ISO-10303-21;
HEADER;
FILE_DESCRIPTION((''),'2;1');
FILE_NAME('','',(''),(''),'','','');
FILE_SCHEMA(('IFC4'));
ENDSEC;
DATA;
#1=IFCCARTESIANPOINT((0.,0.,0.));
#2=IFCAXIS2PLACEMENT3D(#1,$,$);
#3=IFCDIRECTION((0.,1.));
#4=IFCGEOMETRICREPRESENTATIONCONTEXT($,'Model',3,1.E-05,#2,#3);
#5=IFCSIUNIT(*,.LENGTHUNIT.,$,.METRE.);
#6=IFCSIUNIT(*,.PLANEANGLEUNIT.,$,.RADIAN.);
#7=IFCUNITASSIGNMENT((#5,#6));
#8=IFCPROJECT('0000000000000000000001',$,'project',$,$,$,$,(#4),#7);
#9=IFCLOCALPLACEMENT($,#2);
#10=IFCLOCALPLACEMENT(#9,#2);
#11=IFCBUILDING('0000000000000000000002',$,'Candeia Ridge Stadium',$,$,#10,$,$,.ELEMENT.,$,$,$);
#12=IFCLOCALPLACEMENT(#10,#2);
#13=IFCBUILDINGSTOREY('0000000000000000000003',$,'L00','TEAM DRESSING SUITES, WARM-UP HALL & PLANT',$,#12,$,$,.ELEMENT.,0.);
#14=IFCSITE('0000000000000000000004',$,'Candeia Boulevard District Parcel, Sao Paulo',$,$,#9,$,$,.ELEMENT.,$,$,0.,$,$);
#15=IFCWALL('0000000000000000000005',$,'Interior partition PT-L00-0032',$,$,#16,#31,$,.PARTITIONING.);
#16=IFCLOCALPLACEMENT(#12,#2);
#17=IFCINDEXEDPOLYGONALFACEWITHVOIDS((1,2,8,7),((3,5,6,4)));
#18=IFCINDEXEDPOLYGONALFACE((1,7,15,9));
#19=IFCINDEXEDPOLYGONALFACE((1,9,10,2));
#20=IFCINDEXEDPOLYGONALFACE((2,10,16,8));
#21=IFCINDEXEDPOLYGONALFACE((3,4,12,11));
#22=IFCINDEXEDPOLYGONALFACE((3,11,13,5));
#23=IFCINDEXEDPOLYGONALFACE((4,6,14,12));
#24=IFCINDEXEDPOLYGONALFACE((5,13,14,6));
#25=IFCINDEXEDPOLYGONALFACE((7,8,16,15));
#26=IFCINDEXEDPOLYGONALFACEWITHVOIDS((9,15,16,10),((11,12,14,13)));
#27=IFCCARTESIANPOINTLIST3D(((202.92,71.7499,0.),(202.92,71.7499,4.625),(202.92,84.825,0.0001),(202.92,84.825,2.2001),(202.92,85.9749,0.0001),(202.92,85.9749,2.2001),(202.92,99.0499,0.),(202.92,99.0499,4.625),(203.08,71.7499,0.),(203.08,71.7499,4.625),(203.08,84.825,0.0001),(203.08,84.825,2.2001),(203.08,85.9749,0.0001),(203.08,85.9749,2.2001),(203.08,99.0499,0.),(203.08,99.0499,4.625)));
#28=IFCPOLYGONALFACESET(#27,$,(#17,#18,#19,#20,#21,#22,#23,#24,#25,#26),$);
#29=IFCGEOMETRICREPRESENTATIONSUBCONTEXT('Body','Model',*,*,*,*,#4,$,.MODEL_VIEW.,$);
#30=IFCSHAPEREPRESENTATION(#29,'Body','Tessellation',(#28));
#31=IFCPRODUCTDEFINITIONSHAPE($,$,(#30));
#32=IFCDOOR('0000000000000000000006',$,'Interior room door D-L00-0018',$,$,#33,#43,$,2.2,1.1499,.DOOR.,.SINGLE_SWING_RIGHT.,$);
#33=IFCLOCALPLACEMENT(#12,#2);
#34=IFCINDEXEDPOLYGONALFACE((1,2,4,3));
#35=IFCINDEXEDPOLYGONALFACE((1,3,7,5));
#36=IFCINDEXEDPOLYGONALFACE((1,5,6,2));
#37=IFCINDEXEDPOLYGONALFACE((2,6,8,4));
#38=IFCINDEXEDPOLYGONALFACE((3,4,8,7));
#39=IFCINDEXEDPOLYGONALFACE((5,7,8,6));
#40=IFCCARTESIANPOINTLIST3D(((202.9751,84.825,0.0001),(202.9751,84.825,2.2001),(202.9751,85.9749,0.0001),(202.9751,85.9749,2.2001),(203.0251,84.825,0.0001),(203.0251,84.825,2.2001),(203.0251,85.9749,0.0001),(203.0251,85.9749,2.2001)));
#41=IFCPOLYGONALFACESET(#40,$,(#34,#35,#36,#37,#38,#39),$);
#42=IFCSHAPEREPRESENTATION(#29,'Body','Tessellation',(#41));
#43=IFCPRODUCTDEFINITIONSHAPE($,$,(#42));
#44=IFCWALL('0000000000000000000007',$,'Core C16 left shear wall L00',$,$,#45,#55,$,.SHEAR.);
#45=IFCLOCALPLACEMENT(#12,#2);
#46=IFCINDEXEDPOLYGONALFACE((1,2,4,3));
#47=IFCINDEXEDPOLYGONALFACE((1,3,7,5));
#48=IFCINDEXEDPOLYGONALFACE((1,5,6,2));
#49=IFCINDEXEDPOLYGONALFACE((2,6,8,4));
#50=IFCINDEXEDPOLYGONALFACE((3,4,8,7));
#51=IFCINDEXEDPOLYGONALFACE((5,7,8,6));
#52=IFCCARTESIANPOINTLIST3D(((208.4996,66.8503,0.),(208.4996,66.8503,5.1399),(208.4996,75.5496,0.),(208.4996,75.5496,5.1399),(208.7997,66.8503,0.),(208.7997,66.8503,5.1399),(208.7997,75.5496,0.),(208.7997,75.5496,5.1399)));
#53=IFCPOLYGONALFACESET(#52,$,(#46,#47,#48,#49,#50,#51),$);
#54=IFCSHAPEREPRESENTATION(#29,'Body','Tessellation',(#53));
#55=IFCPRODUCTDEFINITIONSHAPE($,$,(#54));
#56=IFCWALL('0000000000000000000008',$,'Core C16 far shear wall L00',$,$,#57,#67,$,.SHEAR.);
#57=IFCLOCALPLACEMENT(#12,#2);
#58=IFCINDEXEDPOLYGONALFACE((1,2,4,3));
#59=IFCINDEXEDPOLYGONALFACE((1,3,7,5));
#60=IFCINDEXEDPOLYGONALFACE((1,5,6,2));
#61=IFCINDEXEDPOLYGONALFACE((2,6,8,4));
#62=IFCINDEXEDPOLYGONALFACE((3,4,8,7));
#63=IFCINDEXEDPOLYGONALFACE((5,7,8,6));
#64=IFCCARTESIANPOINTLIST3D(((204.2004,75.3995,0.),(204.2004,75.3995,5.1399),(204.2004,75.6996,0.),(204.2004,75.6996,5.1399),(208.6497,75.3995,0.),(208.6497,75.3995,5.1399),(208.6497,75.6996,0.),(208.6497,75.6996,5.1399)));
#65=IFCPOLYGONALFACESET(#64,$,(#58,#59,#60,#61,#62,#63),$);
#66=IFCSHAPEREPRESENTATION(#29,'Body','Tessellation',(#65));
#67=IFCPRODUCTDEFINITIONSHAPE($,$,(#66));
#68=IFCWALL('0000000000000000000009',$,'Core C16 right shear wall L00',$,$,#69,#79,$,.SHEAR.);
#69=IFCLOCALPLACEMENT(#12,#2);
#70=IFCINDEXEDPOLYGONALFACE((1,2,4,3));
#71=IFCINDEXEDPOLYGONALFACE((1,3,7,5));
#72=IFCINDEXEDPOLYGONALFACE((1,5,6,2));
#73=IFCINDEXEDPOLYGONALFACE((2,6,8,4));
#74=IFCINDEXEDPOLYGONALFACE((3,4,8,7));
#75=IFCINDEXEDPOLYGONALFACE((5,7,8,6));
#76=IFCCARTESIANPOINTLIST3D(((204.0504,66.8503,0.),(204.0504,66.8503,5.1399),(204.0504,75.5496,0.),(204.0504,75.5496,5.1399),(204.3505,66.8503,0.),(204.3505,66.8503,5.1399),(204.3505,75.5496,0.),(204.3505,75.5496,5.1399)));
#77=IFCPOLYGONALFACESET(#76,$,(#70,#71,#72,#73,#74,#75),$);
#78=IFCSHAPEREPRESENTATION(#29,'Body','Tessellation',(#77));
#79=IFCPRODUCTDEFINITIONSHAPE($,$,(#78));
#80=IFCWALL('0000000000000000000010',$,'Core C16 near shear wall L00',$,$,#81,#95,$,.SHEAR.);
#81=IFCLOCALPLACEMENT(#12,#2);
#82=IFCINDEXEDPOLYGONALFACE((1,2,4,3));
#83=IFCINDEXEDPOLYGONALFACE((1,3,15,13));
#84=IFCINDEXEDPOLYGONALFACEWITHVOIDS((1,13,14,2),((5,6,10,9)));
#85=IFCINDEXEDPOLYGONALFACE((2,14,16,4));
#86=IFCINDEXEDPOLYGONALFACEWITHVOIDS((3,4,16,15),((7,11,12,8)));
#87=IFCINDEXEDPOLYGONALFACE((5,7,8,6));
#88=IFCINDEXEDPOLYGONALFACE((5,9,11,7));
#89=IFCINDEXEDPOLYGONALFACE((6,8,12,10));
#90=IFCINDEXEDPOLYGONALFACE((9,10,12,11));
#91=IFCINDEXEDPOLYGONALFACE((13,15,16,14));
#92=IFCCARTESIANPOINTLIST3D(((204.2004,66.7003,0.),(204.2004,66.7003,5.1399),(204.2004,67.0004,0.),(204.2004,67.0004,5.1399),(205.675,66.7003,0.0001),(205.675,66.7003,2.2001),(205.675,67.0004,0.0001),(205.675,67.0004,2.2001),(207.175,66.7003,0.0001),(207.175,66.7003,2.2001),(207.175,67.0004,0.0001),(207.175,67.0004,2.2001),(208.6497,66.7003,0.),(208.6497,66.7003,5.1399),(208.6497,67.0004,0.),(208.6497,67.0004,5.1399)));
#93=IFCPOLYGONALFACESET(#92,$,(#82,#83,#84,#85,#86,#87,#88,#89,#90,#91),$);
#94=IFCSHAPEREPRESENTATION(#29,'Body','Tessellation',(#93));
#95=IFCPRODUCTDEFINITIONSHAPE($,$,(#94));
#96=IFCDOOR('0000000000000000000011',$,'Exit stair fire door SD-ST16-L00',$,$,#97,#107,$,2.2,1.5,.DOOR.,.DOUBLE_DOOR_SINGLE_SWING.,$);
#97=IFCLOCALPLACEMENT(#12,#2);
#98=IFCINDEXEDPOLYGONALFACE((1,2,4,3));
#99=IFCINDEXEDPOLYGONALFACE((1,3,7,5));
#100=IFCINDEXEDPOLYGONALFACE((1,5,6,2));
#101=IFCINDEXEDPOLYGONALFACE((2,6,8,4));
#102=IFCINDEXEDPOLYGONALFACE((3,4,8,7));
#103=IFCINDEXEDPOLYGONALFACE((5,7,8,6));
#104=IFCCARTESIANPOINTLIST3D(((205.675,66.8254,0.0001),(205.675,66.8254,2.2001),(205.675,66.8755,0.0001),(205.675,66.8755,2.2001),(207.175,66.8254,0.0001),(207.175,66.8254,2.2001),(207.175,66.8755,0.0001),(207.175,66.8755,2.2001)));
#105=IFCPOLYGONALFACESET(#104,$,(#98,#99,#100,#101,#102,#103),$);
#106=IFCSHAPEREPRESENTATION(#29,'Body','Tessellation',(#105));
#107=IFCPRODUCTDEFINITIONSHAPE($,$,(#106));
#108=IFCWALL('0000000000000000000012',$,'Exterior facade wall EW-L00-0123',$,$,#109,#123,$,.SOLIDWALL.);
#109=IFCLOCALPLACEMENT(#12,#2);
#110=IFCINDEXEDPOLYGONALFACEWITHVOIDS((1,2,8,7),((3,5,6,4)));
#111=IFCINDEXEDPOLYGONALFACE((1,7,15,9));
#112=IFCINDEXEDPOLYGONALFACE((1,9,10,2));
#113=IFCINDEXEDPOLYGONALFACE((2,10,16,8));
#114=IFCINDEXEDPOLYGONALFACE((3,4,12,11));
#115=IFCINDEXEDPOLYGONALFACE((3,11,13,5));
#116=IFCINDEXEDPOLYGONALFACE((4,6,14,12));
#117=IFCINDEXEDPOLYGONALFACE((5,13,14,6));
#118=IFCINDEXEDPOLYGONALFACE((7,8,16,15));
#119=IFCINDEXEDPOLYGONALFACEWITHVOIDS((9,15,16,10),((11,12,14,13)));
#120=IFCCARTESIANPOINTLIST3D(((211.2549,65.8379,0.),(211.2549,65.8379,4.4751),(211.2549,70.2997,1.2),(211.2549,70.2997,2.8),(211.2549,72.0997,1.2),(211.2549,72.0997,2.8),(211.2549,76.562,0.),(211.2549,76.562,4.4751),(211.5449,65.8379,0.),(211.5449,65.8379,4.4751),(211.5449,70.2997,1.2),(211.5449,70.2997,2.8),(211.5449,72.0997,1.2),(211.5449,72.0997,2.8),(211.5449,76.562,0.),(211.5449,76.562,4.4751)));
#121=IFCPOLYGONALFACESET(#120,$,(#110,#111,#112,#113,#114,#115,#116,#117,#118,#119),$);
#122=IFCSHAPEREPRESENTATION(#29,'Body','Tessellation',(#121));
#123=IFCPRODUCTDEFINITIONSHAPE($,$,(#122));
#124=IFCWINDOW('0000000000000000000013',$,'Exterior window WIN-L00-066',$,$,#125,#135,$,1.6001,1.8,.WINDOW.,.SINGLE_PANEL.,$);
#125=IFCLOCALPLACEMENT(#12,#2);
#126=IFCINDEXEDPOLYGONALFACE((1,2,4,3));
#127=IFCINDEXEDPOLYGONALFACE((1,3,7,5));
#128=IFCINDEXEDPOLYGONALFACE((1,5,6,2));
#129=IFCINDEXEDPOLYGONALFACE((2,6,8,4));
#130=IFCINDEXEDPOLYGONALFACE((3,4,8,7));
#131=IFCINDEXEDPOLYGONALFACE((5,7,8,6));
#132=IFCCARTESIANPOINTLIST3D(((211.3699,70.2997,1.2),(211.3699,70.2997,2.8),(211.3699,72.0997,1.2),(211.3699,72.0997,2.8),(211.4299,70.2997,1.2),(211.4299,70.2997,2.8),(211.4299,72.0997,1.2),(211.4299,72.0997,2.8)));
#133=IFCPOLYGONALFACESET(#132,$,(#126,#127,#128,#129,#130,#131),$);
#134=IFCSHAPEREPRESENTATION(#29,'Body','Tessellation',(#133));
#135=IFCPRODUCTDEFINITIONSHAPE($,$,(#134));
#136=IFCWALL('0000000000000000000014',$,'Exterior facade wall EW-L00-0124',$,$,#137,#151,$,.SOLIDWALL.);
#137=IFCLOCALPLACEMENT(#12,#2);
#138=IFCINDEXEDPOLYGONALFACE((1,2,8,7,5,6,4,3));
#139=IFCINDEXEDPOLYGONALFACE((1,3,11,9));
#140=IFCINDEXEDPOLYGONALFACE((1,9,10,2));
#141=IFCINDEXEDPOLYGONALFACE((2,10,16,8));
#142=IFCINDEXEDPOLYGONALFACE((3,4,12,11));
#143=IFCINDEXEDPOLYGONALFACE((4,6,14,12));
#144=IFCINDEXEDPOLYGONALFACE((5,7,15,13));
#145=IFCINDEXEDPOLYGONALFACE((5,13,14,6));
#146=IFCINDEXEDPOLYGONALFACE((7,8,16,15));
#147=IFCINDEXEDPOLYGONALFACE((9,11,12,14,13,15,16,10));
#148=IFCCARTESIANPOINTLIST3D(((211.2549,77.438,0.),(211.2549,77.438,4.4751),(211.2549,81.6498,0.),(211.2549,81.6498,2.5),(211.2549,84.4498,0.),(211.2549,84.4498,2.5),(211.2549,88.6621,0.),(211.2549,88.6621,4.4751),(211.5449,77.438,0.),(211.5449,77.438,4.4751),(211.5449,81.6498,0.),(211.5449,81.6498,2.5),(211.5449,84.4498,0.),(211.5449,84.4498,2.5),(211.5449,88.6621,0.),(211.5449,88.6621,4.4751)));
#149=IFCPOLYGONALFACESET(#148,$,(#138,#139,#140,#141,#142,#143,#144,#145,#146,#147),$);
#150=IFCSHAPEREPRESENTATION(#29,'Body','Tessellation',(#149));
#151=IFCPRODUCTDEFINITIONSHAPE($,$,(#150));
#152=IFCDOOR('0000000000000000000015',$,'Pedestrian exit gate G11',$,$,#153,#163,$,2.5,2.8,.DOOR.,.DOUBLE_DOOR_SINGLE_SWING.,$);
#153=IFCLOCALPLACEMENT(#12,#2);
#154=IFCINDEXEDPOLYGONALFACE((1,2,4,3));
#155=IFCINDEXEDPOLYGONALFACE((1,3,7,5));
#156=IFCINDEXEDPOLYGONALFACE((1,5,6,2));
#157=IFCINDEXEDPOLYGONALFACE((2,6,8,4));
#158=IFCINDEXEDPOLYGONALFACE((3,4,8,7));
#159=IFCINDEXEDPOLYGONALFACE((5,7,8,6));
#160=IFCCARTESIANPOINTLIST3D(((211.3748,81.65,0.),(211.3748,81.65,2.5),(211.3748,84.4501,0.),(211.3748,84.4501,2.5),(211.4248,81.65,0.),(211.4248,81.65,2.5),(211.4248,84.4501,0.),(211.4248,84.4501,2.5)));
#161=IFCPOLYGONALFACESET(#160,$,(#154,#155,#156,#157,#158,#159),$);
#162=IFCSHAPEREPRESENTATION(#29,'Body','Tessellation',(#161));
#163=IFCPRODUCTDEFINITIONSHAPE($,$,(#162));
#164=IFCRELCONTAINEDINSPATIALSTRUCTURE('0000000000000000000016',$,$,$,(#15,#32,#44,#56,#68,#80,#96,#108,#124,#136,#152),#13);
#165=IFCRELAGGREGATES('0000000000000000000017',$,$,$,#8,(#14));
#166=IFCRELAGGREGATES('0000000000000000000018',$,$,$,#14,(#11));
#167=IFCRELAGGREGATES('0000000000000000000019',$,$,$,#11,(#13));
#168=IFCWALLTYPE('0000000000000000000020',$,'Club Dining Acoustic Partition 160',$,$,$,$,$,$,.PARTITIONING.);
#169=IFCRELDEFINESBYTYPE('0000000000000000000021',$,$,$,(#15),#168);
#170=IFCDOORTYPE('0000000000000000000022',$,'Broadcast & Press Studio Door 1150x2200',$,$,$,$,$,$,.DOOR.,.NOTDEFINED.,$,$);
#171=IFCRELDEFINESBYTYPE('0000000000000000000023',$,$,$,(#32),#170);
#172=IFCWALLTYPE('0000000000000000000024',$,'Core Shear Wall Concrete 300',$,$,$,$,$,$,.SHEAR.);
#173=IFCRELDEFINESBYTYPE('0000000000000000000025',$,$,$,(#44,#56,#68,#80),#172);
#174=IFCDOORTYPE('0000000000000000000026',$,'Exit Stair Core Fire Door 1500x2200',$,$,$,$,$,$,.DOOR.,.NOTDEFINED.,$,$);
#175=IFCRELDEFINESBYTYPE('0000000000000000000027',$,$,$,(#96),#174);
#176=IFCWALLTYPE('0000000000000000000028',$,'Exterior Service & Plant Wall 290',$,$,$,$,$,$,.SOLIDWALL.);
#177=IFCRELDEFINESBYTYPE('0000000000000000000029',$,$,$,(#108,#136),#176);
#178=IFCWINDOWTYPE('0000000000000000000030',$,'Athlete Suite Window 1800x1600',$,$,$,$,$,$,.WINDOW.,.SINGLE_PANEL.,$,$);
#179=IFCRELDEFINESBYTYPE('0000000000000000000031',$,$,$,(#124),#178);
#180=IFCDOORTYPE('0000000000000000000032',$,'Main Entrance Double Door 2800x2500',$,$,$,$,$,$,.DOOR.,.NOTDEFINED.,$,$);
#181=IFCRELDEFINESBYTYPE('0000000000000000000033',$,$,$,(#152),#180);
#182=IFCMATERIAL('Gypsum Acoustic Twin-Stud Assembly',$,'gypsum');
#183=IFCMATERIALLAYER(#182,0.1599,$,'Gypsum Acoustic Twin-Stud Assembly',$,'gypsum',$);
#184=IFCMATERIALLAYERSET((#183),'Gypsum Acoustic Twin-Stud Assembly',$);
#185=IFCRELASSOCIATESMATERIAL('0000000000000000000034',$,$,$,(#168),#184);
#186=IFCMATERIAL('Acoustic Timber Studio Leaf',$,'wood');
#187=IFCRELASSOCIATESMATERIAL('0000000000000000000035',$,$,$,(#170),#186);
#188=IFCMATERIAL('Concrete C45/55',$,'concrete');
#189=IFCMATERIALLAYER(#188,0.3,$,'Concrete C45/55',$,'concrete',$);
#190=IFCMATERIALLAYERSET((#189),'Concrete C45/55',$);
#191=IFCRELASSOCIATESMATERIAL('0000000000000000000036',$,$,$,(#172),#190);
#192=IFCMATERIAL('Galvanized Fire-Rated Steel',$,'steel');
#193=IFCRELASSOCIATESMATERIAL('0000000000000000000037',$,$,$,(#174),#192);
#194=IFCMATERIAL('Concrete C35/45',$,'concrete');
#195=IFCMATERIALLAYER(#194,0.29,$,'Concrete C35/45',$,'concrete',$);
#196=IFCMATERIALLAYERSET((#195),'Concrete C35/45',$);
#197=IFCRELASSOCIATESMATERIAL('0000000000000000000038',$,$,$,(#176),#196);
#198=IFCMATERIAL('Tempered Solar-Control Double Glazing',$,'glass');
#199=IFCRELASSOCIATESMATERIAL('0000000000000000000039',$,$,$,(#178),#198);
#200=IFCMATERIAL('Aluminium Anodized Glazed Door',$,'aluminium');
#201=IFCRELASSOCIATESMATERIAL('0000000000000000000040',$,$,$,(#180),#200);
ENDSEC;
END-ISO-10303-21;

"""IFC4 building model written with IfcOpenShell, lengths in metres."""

from ifc_helpers import new_model, si_unit, direction, frame, frame_2d, origin, place, context, subcontext, project, spatial, rectangle, extrude, material, layer, layer_set, type_object, element, fill, save


model = new_model("IFC4")

# Units and contexts
model_context = context("Model", 3, precision=1e-05, world=origin(), true_north=direction((0.0, 1.0)))
body_context = subcontext(model_context, "Body", "Model", "MODEL_VIEW")
ifc_project = project(units=[si_unit("LENGTHUNIT", "METRE"), si_unit("PLANEANGLEUNIT", "RADIAN")], contexts=[model_context])

# Site, building, storey
site_placement = place(None, origin())
site = spatial("IfcSite", under=ifc_project, at=site_placement, Name="Candeia Boulevard District Parcel, Sao Paulo", CompositionType="ELEMENT", RefElevation=0.0)
building_placement = place(site_placement, origin())
building = spatial("IfcBuilding", under=site, at=building_placement, Name="Candeia Ridge Stadium", CompositionType="ELEMENT")
storey_placement = place(building_placement, origin())
storey = spatial("IfcBuildingStorey", under=building, at=storey_placement, Name="L00", Description="TEAM DRESSING SUITES, WARM-UP HALL & PLANT", CompositionType="ELEMENT", Elevation=0.0)

# Shared definitions
ifc_material_1 = material(Name="Concrete C45/55", Category="concrete")

# Wall, opening, door
ifc_material_2 = material(Name="Gypsum Acoustic Twin-Stud Assembly", Category="gypsum")
ifc_layer_1 = layer(ifc_material_2, 0.1599, Name="Gypsum Acoustic Twin-Stud Assembly", Category="gypsum")
ifc_layer_set_1 = layer_set([ifc_layer_1], Name="Gypsum Acoustic Twin-Stud Assembly")
wall_type_1 = type_object("IfcWallType", Name="Club Dining Acoustic Partition 160", PredefinedType="PARTITIONING", material=ifc_layer_set_1)
wall_1_placement = place(storey_placement, frame((203.0, 71.75, 0.0), z_axis=(0.0, 0.0, 1.0), x_axis=(0.0, 1.0, 0.0)))
wall_1 = element("IfcWall", 1, at=wall_1_placement, inside=storey, type_object=wall_type_1, Name="Interior partition PT-L00-0032", PredefinedType="PARTITIONING", context=body_context, shape_type="SweptSolid", body=[
    extrude(rectangle(XDim=27.3, YDim=0.1599, at=frame_2d((13.6499, 0.0))), origin(), (0.0, 0.0, 1.0), 4.625),
])
opening_1_placement = place(wall_1_placement, frame((13.075, 0.0, 0.0)))
opening_1 = element("IfcOpeningElement", 2, at=opening_1_placement, cuts=wall_1, PredefinedType="OPENING", context=body_context, shape_type="SweptSolid", body=[
    extrude(rectangle(XDim=1.1499, YDim=2.2, at=frame_2d((0.575, 1.1001))), frame((0.0, 0.0898, 0.0), z_axis=(0.0, -1.0, 0.0), x_axis=(1.0, 0.0, 0.0)), (0.0, 0.0, 1.0), 0.1799),
])
ifc_material_3 = material(Name="Acoustic Timber Studio Leaf", Category="wood")
door_type_1 = type_object("IfcDoorType", Name="Broadcast & Press Studio Door 1150x2200", OperationType="NOTDEFINED", PredefinedType="DOOR", material=ifc_material_3)
door_1_placement = place(opening_1_placement, origin())
door_1 = element("IfcDoor", 3, at=door_1_placement, inside=storey, type_object=door_type_1, Name="Interior room door D-L00-0018", OperationType="SINGLE_SWING_RIGHT", OverallHeight=2.2, OverallWidth=1.1499, PredefinedType="DOOR", context=body_context, shape_type="SweptSolid", body=[
    extrude(rectangle(XDim=1.1499, YDim=2.2, at=frame_2d((0.575, 1.1001))), frame((0.0, 0.0249, 0.0), z_axis=(0.0, -1.0, 0.0), x_axis=(1.0, 0.0, 0.0)), (0.0, 0.0, 1.0), 0.05),
])
fill(opening_1, door_1)

# Walls
ifc_layer_2 = layer(ifc_material_1, 0.3, Name="Concrete C45/55", Category="concrete")
ifc_layer_set_2 = layer_set([ifc_layer_2], Name="Concrete C45/55")
wall_type_2 = type_object("IfcWallType", Name="Core Shear Wall Concrete 300", PredefinedType="SHEAR", material=ifc_layer_set_2)
wall_2_placement = place(storey_placement, frame((208.6497, 66.8503, 0.0), z_axis=(0.0, 0.0, 1.0), x_axis=(0.0, 1.0, 0.0)))
element("IfcWall", 4, at=wall_2_placement, inside=storey, type_object=wall_type_2, Name="Core C16 left shear wall L00", PredefinedType="SHEAR", context=body_context, shape_type="SweptSolid", body=[
    extrude(rectangle(XDim=8.6992, YDim=0.3, at=frame_2d((4.3496, 0.0))), origin(), (0.0, 0.0, 1.0), 5.1399),
])
wall_3_placement = place(storey_placement, frame((208.6497, 75.5496, 0.0), z_axis=(0.0, 0.0, 1.0), x_axis=(-1.0, 0.0, 0.0)))
element("IfcWall", 5, at=wall_3_placement, inside=storey, type_object=wall_type_2, Name="Core C16 far shear wall L00", PredefinedType="SHEAR", context=body_context, shape_type="SweptSolid", body=[
    extrude(rectangle(XDim=4.4492, YDim=0.3, at=frame_2d((2.2246, 0.0))), origin(), (0.0, 0.0, 1.0), 5.1399),
])
wall_4_placement = place(storey_placement, frame((204.2004, 75.5496, 0.0), z_axis=(0.0, 0.0, 1.0), x_axis=(0.0, -1.0, 0.0)))
element("IfcWall", 6, at=wall_4_placement, inside=storey, type_object=wall_type_2, Name="Core C16 right shear wall L00", PredefinedType="SHEAR", context=body_context, shape_type="SweptSolid", body=[
    extrude(rectangle(XDim=8.6992, YDim=0.3, at=frame_2d((4.3496, 0.0))), origin(), (0.0, 0.0, 1.0), 5.1399),
])

# Wall, opening, door
wall_5_placement = place(storey_placement, frame((204.2004, 66.8503, 0.0), z_axis=(0.0, 0.0, 1.0), x_axis=(1.0, 0.0, 0.0)))
wall_5 = element("IfcWall", 7, at=wall_5_placement, inside=storey, type_object=wall_type_2, Name="Core C16 near shear wall L00", PredefinedType="SHEAR", context=body_context, shape_type="SweptSolid", body=[
    extrude(rectangle(XDim=4.4492, YDim=0.3, at=frame_2d((2.2246, 0.0))), origin(), (0.0, 0.0, 1.0), 5.1399),
])
opening_2_placement = place(wall_5_placement, frame((1.4746, 0.0, 0.0)))
opening_2 = element("IfcOpeningElement", 8, at=opening_2_placement, cuts=wall_5, PredefinedType="OPENING", context=body_context, shape_type="SweptSolid", body=[
    extrude(rectangle(XDim=1.5, YDim=2.2, at=frame_2d((0.75, 1.1001))), frame((0.0, 0.1599, 0.0), z_axis=(0.0, -1.0, 0.0), x_axis=(1.0, 0.0, 0.0)), (0.0, 0.0, 1.0), 0.3201),
])
ifc_material_4 = material(Name="Galvanized Fire-Rated Steel", Category="steel")
door_type_2 = type_object("IfcDoorType", Name="Exit Stair Core Fire Door 1500x2200", OperationType="NOTDEFINED", PredefinedType="DOOR", material=ifc_material_4)
door_2_placement = place(opening_2_placement, frame((1.5, 0.0, 0.0), z_axis=(0.0, 0.0, 1.0), x_axis=(-1.0, 0.0, 0.0)))
door_2 = element("IfcDoor", 9, at=door_2_placement, inside=storey, type_object=door_type_2, Name="Exit stair fire door SD-ST16-L00", OperationType="DOUBLE_DOOR_SINGLE_SWING", OverallHeight=2.2, OverallWidth=1.5, PredefinedType="DOOR", context=body_context, shape_type="SweptSolid", body=[
    extrude(rectangle(XDim=1.5, YDim=2.2, at=frame_2d((0.75, 1.1001))), frame((0.0, 0.0249, 0.0), z_axis=(0.0, -1.0, 0.0), x_axis=(1.0, 0.0, 0.0)), (0.0, 0.0, 1.0), 0.05),
])
fill(opening_2, door_2)

# Wall, opening, window
ifc_material_5 = material(Name="Concrete C35/45", Category="concrete")
ifc_layer_3 = layer(ifc_material_5, 0.29, Name="Concrete C35/45", Category="concrete")
ifc_layer_set_3 = layer_set([ifc_layer_3], Name="Concrete C35/45")
wall_type_3 = type_object("IfcWallType", Name="Exterior Service & Plant Wall 290", PredefinedType="SOLIDWALL", material=ifc_layer_set_3)
wall_6_placement = place(storey_placement, frame((211.3999, 65.8379, 0.0), z_axis=(0.0, 0.0, 1.0), x_axis=(0.0, 1.0, 0.0)))
wall_6 = element("IfcWall", 10, at=wall_6_placement, inside=storey, type_object=wall_type_3, Name="Exterior facade wall EW-L00-0123", PredefinedType="SOLIDWALL", context=body_context, shape_type="SweptSolid", body=[
    extrude(rectangle(XDim=10.7241, YDim=0.29, at=frame_2d((5.3621, 0.0))), origin(), (0.0, 0.0, 1.0), 4.4751),
])
opening_3_placement = place(wall_6_placement, frame((4.4619, 0.0, 1.2)))
opening_3 = element("IfcOpeningElement", 11, at=opening_3_placement, cuts=wall_6, PredefinedType="OPENING", context=body_context, shape_type="SweptSolid", body=[
    extrude(rectangle(XDim=1.8, YDim=1.6001, at=frame_2d((0.8999, 0.8))), frame((0.0, 0.155, 0.0), z_axis=(0.0, -1.0, 0.0), x_axis=(1.0, 0.0, 0.0)), (0.0, 0.0, 1.0), 0.3101),
])
ifc_material_6 = material(Name="Tempered Solar-Control Double Glazing", Category="glass")
window_type = type_object("IfcWindowType", Name="Athlete Suite Window 1800x1600", PartitioningType="SINGLE_PANEL", PredefinedType="WINDOW", material=ifc_material_6)
window_placement = place(opening_3_placement, origin())
window = element("IfcWindow", 12, at=window_placement, inside=storey, type_object=window_type, Name="Exterior window WIN-L00-066", OverallHeight=1.6001, OverallWidth=1.8, PartitioningType="SINGLE_PANEL", PredefinedType="WINDOW", context=body_context, shape_type="SweptSolid", body=[
    extrude(rectangle(XDim=1.8, YDim=1.6001, at=frame_2d((0.8999, 0.8))), frame((0.0, 0.03, 0.0), z_axis=(0.0, -1.0, 0.0), x_axis=(1.0, 0.0, 0.0)), (0.0, 0.0, 1.0), 0.0601),
])
fill(opening_3, window)

# Wall, opening, door
wall_7_placement = place(storey_placement, frame((211.3999, 77.438, 0.0), z_axis=(0.0, 0.0, 1.0), x_axis=(0.0, 1.0, 0.0)))
wall_7 = element("IfcWall", 13, at=wall_7_placement, inside=storey, type_object=wall_type_3, Name="Exterior facade wall EW-L00-0124", PredefinedType="SOLIDWALL", context=body_context, shape_type="SweptSolid", body=[
    extrude(rectangle(XDim=11.2241, YDim=0.29, at=frame_2d((5.6121, 0.0))), origin(), (0.0, 0.0, 1.0), 4.4751),
])
opening_4_placement = place(wall_7_placement, frame((4.2119, 0.0, 0.0)))
opening_4 = element("IfcOpeningElement", 14, at=opening_4_placement, cuts=wall_7, PredefinedType="OPENING", context=body_context, shape_type="SweptSolid", body=[
    extrude(rectangle(XDim=2.8, YDim=2.5, at=frame_2d((1.3999, 1.25))), frame((0.0, 0.155, 0.0), z_axis=(0.0, -1.0, 0.0), x_axis=(1.0, 0.0, 0.0)), (0.0, 0.0, 1.0), 0.3101),
])
ifc_material_7 = material(Name="Aluminium Anodized Glazed Door", Category="aluminium")
door_type_3 = type_object("IfcDoorType", Name="Main Entrance Double Door 2800x2500", OperationType="NOTDEFINED", PredefinedType="DOOR", material=ifc_material_7)
door_3_placement = place(opening_4_placement, frame((2.8, 0.0, 0.0), z_axis=(0.0, 0.0, 1.0), x_axis=(-1.0, 0.0, 0.0)))
door_3 = element("IfcDoor", 15, at=door_3_placement, inside=storey, type_object=door_type_3, Name="Pedestrian exit gate G11", OperationType="DOUBLE_DOOR_SINGLE_SWING", OverallHeight=2.5, OverallWidth=2.8, PredefinedType="DOOR", context=body_context, shape_type="SweptSolid", body=[
    extrude(rectangle(XDim=2.8, YDim=2.5, at=frame_2d((1.3999, 1.25))), frame((0.0, 0.0249, 0.0), z_axis=(0.0, -1.0, 0.0), x_axis=(1.0, 0.0, 0.0)), (0.0, 0.0, 1.0), 0.05),
])
fill(opening_4, door_3)

save(model, "model.ifc")
